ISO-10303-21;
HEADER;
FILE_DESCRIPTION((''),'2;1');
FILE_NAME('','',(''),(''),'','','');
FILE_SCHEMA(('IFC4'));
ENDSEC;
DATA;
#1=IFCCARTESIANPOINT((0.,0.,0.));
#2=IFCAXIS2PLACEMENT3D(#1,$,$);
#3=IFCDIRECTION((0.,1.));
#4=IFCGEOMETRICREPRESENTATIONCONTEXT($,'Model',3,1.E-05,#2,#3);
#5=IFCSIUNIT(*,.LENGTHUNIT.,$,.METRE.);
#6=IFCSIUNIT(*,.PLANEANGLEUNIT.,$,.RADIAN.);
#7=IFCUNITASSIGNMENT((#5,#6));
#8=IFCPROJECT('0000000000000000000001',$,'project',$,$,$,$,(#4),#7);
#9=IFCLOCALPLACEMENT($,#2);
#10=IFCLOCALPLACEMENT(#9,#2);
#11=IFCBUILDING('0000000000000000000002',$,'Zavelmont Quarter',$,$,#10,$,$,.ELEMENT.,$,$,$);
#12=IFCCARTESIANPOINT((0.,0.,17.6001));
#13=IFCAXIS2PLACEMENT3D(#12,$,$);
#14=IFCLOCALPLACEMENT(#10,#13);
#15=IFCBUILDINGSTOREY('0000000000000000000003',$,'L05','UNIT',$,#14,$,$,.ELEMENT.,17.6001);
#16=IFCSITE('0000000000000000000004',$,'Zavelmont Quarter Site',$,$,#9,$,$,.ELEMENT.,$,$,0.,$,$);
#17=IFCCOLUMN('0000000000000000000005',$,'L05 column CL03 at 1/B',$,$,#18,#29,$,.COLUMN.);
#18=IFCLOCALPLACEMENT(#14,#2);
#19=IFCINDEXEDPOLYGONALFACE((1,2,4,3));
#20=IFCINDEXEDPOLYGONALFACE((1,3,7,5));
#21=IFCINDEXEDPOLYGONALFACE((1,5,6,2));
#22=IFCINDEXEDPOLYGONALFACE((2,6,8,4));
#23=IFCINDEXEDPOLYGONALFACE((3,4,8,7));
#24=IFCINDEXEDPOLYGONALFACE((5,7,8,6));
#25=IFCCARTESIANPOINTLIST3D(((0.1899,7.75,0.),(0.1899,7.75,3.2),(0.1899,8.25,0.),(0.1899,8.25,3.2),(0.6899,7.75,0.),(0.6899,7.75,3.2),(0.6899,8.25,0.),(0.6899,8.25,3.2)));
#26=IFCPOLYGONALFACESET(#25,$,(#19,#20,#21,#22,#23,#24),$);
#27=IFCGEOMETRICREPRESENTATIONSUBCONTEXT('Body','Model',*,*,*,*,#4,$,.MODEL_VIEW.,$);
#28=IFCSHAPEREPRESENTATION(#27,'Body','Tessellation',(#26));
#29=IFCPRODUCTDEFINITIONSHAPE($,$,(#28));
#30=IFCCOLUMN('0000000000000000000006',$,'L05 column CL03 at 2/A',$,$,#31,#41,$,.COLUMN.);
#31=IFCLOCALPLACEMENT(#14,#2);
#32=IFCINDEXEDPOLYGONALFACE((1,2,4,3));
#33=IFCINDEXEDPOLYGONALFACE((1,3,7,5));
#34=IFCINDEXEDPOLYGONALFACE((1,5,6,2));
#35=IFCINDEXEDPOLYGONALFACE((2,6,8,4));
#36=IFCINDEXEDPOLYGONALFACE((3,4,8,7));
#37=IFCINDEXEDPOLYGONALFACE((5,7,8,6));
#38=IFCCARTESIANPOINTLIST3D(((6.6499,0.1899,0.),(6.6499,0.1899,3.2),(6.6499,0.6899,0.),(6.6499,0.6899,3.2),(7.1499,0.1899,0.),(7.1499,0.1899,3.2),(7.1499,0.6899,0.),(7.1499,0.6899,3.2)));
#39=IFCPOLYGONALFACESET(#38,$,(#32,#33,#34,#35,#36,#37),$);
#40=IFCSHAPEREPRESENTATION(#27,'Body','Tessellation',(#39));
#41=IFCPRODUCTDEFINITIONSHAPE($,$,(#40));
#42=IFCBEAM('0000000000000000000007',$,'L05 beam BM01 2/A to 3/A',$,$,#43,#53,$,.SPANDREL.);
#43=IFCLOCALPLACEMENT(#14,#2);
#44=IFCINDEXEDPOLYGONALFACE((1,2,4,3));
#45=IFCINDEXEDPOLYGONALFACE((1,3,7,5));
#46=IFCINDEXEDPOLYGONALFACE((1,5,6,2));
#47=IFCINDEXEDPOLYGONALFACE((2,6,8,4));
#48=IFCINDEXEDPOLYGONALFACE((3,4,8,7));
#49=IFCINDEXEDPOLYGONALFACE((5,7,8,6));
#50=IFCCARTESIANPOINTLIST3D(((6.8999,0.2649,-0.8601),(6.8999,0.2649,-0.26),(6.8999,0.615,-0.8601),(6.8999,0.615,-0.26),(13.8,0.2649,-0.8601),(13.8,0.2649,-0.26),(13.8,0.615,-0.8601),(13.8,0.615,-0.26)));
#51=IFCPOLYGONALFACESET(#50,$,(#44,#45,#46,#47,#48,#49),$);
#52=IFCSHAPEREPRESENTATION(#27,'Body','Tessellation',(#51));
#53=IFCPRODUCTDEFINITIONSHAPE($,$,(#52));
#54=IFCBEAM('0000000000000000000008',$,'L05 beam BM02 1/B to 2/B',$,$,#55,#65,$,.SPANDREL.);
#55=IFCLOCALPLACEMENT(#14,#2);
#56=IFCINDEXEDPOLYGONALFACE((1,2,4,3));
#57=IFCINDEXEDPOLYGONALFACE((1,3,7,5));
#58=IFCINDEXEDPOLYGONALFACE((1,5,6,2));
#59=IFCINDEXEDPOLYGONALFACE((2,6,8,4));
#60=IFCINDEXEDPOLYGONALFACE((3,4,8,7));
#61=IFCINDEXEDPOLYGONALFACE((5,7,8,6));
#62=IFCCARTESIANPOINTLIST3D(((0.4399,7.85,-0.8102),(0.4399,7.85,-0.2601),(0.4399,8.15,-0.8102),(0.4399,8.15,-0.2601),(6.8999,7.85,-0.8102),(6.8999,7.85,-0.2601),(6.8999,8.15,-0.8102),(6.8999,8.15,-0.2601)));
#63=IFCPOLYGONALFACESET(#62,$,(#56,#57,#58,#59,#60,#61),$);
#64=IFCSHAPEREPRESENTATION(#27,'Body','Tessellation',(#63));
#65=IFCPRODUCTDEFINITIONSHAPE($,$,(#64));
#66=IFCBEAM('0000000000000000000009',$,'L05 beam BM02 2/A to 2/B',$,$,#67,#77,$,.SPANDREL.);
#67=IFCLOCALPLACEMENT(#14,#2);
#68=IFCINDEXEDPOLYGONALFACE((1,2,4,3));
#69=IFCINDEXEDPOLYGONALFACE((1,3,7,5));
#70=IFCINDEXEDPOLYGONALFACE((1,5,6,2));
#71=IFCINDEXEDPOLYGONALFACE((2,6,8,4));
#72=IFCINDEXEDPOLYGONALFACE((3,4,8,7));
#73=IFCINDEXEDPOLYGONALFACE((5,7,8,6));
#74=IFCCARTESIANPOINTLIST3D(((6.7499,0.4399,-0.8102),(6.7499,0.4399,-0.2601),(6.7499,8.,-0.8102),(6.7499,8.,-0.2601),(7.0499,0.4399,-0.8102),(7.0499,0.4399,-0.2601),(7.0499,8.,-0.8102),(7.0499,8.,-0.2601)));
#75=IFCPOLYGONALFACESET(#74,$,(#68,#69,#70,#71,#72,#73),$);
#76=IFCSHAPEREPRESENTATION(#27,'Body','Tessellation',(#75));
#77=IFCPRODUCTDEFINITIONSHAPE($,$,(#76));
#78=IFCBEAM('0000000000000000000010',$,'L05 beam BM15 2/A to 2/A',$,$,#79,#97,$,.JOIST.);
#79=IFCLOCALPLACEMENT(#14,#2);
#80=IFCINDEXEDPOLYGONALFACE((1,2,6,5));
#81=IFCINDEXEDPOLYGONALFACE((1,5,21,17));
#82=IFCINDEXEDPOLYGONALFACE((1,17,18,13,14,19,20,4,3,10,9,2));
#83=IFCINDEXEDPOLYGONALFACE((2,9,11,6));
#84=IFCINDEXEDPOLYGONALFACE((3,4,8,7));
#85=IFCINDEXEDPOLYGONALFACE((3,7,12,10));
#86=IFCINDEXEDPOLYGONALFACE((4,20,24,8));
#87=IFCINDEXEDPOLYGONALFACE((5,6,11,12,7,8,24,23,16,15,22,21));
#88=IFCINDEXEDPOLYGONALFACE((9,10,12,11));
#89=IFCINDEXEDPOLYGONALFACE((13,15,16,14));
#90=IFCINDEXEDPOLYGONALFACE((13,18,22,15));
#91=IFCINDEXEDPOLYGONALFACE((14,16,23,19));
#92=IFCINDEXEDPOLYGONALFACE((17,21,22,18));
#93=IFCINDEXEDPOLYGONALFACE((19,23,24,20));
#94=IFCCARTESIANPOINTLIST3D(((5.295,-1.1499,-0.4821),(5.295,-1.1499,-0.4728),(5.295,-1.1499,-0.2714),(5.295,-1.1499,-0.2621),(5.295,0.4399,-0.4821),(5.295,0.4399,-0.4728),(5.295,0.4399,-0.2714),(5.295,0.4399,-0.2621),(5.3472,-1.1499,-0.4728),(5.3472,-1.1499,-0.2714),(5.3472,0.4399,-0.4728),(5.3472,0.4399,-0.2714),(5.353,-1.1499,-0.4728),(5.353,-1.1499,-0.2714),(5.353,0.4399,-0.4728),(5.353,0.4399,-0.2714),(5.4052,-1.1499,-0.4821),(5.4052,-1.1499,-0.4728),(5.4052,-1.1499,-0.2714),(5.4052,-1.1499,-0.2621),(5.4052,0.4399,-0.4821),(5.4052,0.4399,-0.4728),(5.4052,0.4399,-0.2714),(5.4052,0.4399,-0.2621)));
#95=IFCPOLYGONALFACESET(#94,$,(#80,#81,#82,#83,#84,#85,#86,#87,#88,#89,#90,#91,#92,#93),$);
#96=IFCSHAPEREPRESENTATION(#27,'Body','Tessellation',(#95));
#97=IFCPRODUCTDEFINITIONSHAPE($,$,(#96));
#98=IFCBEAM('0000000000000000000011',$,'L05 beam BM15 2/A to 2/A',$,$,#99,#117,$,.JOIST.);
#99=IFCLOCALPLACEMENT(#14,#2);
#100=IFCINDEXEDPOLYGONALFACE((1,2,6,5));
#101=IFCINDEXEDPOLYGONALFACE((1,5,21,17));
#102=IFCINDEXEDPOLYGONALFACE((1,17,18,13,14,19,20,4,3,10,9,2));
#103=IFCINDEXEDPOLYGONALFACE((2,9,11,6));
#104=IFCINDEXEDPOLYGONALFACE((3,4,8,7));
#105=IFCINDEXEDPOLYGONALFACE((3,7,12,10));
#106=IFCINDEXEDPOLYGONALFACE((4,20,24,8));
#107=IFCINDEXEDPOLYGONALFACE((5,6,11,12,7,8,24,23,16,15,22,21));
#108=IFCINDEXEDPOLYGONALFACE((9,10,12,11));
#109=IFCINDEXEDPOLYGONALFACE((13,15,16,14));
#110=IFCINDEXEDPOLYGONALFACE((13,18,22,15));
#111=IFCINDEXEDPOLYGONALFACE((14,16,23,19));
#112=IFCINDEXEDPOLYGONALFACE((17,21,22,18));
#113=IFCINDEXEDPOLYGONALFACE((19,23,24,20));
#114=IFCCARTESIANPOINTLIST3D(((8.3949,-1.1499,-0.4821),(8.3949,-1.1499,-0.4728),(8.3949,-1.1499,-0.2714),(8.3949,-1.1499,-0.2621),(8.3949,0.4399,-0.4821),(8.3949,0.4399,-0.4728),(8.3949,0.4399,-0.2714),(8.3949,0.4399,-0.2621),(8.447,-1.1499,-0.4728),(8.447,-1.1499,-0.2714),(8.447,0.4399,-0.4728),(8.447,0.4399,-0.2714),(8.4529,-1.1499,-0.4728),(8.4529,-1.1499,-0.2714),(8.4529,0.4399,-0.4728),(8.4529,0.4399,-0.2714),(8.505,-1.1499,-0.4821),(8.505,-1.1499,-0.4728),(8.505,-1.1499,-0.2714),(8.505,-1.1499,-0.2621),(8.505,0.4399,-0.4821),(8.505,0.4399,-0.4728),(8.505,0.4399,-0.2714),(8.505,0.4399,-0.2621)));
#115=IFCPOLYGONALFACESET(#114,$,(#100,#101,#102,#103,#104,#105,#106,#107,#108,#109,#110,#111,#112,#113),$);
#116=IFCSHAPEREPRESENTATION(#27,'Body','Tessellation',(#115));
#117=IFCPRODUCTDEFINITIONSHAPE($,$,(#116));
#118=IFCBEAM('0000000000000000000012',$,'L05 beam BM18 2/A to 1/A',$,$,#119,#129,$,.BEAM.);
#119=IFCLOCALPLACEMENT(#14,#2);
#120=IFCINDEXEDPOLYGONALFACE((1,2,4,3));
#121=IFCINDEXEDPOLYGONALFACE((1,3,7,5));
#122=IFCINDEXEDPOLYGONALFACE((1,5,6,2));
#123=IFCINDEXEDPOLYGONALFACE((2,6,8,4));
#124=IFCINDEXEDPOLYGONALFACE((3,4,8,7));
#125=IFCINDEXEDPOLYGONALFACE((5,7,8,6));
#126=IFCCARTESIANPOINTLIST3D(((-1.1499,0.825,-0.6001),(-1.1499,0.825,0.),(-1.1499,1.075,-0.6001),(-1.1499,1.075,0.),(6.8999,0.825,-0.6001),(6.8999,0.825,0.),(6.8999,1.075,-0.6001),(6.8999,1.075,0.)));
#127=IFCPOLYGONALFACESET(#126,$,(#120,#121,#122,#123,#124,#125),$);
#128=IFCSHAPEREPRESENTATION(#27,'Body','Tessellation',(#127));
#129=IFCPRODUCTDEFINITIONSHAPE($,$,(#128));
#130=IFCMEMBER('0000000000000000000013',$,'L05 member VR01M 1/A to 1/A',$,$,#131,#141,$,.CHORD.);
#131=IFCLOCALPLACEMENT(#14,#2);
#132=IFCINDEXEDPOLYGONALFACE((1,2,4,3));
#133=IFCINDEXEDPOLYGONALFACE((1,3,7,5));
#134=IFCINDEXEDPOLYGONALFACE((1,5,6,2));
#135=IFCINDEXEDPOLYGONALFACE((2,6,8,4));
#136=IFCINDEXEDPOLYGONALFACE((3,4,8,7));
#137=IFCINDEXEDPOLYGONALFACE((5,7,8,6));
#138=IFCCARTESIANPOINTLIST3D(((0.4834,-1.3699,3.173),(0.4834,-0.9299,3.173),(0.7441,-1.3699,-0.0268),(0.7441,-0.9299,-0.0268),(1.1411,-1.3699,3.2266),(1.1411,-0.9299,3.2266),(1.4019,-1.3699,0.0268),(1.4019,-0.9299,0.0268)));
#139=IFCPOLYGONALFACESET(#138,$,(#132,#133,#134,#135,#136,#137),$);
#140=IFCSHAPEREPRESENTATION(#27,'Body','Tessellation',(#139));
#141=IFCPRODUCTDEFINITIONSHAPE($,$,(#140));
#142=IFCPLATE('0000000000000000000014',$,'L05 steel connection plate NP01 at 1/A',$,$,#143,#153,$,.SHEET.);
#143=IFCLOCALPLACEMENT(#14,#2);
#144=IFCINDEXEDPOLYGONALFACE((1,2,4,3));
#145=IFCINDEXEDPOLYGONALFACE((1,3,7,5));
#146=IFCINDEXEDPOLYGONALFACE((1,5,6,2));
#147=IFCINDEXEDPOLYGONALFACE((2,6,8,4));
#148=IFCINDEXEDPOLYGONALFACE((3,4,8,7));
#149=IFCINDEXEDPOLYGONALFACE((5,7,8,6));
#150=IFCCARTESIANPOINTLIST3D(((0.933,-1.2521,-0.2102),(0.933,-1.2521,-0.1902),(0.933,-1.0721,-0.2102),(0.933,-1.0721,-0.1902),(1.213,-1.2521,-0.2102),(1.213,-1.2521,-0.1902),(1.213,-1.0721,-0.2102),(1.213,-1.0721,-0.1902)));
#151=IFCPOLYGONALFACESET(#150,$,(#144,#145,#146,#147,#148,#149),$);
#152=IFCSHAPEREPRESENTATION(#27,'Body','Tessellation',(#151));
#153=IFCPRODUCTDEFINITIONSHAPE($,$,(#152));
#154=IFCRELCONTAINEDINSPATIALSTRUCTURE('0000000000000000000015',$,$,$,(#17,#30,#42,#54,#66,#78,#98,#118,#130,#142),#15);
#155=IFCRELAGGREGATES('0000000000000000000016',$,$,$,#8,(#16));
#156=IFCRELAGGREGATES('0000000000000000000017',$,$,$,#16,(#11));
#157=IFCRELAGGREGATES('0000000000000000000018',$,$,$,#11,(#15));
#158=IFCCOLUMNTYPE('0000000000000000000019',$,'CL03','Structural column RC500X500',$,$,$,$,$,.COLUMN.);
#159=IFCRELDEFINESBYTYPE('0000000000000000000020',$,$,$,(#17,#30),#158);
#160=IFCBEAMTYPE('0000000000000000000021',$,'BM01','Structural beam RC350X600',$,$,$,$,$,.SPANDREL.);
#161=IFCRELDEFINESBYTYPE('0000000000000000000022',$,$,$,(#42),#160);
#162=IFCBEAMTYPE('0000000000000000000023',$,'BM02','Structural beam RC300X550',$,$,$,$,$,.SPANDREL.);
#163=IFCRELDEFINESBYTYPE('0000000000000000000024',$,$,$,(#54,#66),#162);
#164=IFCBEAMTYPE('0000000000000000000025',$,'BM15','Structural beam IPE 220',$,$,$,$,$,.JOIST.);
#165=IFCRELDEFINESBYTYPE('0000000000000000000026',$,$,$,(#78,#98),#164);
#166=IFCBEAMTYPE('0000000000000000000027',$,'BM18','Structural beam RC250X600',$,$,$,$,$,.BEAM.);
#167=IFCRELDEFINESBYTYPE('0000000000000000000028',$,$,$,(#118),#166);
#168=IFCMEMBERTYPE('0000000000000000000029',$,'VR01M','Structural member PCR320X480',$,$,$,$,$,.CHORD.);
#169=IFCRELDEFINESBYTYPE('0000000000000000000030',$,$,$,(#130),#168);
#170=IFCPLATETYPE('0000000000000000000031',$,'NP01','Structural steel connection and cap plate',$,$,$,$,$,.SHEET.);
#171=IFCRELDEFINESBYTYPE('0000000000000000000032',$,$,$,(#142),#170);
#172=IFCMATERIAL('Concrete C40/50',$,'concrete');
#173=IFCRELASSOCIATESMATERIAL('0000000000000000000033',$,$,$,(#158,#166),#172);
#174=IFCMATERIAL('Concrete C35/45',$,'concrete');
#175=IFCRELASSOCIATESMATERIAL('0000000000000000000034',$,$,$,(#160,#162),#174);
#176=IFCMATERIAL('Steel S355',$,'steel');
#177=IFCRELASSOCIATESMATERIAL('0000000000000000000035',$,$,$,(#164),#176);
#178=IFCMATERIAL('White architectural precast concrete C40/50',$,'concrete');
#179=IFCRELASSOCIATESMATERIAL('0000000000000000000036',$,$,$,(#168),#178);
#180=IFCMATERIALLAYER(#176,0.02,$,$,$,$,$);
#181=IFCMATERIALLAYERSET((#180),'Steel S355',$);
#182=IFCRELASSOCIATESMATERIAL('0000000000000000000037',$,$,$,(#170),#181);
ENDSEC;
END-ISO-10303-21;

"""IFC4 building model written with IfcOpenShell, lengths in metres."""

from ifc_helpers import new_model, si_unit, direction, frame, origin, origin_2d, place, context, subcontext, project, spatial, rectangle, i_section, extrude, material, layer, layer_set, material_profile, profile_set, type_object, element, save


model = new_model("IFC4")

# Units and contexts
model_context = context("Model", 3, precision=1e-05, world=origin(), true_north=direction((0.0, 1.0)))
body_context = subcontext(model_context, "Body", "Model", "MODEL_VIEW")
ifc_project = project(units=[si_unit("LENGTHUNIT", "METRE"), si_unit("PLANEANGLEUNIT", "RADIAN")], contexts=[model_context])

# Site, building, storey
site_placement = place(None, origin())
site = spatial("IfcSite", under=ifc_project, at=site_placement, Name="Zavelmont Quarter Site", CompositionType="ELEMENT", RefElevation=0.0)
building_placement = place(site_placement, origin())
building = spatial("IfcBuilding", under=site, at=building_placement, Name="Zavelmont Quarter", CompositionType="ELEMENT")
storey_placement = place(building_placement, frame((0.0, 0.0, 17.6001)))
storey = spatial("IfcBuildingStorey", under=building, at=storey_placement, Name="L05", Description="UNIT", CompositionType="ELEMENT", Elevation=17.6001)

# Columns
ifc_material_1 = material(Name="Concrete C40/50", Category="concrete")
ifc_material_profile_1 = material_profile(ifc_material_1, rectangle(XDim=0.5, YDim=0.5, at=origin_2d()), Name="RC500X500")
ifc_profile_set_1 = profile_set([ifc_material_profile_1], Name="Concrete C40/50")
column_type = type_object("IfcColumnType", Name="CL03", Description="Structural column RC500X500", PredefinedType="COLUMN", material=ifc_profile_set_1)
for number, where, z_axis, x_axis, name in (
    (1, (0.4399, 8.0, 0.0), (0.0, 0.0, 1.0), (1.0, 0.0, 0.0), "L05 column CL03 at 1/B"),
    (2, (6.8999, 0.4399, 0.0), (0.0, 0.0, 1.0), (1.0, 0.0, 0.0), "L05 column CL03 at 2/A"),
):
    element("IfcColumn", number, at=place(storey_placement, frame(where, z_axis=z_axis, x_axis=x_axis)), inside=storey, type_object=column_type, Name=name, PredefinedType="COLUMN", context=body_context, shape_type="SweptSolid", body=[
        extrude(rectangle(XDim=0.5, YDim=0.5, at=origin_2d()), origin(), (0.0, 0.0, 1.0), 3.2),
    ])

# Beams
ifc_material_2 = material(Name="Concrete C35/45", Category="concrete")
ifc_material_profile_2 = material_profile(ifc_material_2, rectangle(XDim=0.3501, YDim=0.6001, at=origin_2d()), Name="RC350X600")
ifc_profile_set_2 = profile_set([ifc_material_profile_2], Name="Concrete C35/45")
beam_type_1 = type_object("IfcBeamType", Name="BM01", Description="Structural beam RC350X600", PredefinedType="SPANDREL", material=ifc_profile_set_2)
beam_1_placement = place(storey_placement, frame((6.8999, 0.4399, -0.5601), z_axis=(1.0, 0.0, 0.0), x_axis=(0.0, 1.0, 0.0)))
element("IfcBeam", 3, at=beam_1_placement, inside=storey, type_object=beam_type_1, Name="L05 beam BM01 2/A to 3/A", PredefinedType="SPANDREL", context=body_context, shape_type="SweptSolid", body=[
    extrude(rectangle(XDim=0.3501, YDim=0.6001, at=origin_2d()), origin(), (0.0, 0.0, 1.0), 6.9001),
])
ifc_material_profile_3 = material_profile(ifc_material_2, rectangle(XDim=0.3, YDim=0.55, at=origin_2d()), Name="RC300X550")
ifc_profile_set_3 = profile_set([ifc_material_profile_3], Name="Concrete C35/45")
beam_type_2 = type_object("IfcBeamType", Name="BM02", Description="Structural beam RC300X550", PredefinedType="SPANDREL", material=ifc_profile_set_3)
beam_2_placement = place(storey_placement, frame((0.4399, 8.0, -0.5352), z_axis=(1.0, 0.0, 0.0), x_axis=(0.0, 1.0, 0.0)))
element("IfcBeam", 4, at=beam_2_placement, inside=storey, type_object=beam_type_2, Name="L05 beam BM02 1/B to 2/B", PredefinedType="SPANDREL", context=body_context, shape_type="SweptSolid", body=[
    extrude(rectangle(XDim=0.3, YDim=0.55, at=origin_2d()), origin(), (0.0, 0.0, 1.0), 6.46),
])
beam_3_placement = place(storey_placement, frame((6.8999, 0.4399, -0.5352), z_axis=(0.0, 1.0, 0.0), x_axis=(-1.0, 0.0, 0.0)))
element("IfcBeam", 5, at=beam_3_placement, inside=storey, type_object=beam_type_2, Name="L05 beam BM02 2/A to 2/B", PredefinedType="SPANDREL", context=body_context, shape_type="SweptSolid", body=[
    extrude(rectangle(XDim=0.3, YDim=0.55, at=origin_2d()), origin(), (0.0, 0.0, 1.0), 7.5601),
])
ifc_material_3 = material(Name="Steel S355", Category="steel")
ifc_material_profile_4 = material_profile(ifc_material_3, i_section(OverallWidth=0.1101, OverallDepth=0.22, WebThickness=0.0059, FlangeThickness=0.0093, at=origin_2d()), Name="IPE 220")
ifc_profile_set_4 = profile_set([ifc_material_profile_4], Name="Steel S355")
beam_type_3 = type_object("IfcBeamType", Name="BM15", Description="Structural beam IPE 220", PredefinedType="JOIST", material=ifc_profile_set_4)
for number, where, z_axis, x_axis, name in (
    (6, (5.3501, 0.4399, -0.3721), (0.0, -1.0, 0.0), (1.0, 0.0, 0.0), "L05 beam BM15 2/A to 2/A"),
    (7, (8.45, 0.4399, -0.3721), (0.0, -1.0, 0.0), (1.0, 0.0, 0.0), "L05 beam BM15 2/A to 2/A"),
):
    element("IfcBeam", number, at=place(storey_placement, frame(where, z_axis=z_axis, x_axis=x_axis)), inside=storey, type_object=beam_type_3, Name=name, PredefinedType="JOIST", context=body_context, shape_type="SweptSolid", body=[
        extrude(i_section(OverallWidth=0.1101, OverallDepth=0.22, WebThickness=0.0059, FlangeThickness=0.0093, at=origin_2d()), origin(), (0.0, 0.0, 1.0), 1.5898),
    ])
ifc_material_profile_5 = material_profile(ifc_material_1, rectangle(XDim=0.25, YDim=0.6001, at=origin_2d()), Name="RC250X600")
ifc_profile_set_5 = profile_set([ifc_material_profile_5], Name="Concrete C40/50")
beam_type_4 = type_object("IfcBeamType", Name="BM18", Description="Structural beam RC250X600", PredefinedType="BEAM", material=ifc_profile_set_5)
beam_4_placement = place(storey_placement, frame((6.8999, 0.95, -0.3), z_axis=(-1.0, 0.0, 0.0), x_axis=(0.0, -1.0, 0.0)))
element("IfcBeam", 8, at=beam_4_placement, inside=storey, type_object=beam_type_4, Name="L05 beam BM18 2/A to 1/A", PredefinedType="BEAM", context=body_context, shape_type="SweptSolid", body=[
    extrude(rectangle(XDim=0.25, YDim=0.6001, at=origin_2d()), origin(), (0.0, 0.0, 1.0), 8.0498),
])

# Member
ifc_material_4 = material(Name="White architectural precast concrete C40/50", Category="concrete")
ifc_material_profile_6 = material_profile(ifc_material_4, rectangle(XDim=0.4399, YDim=0.6599, at=origin_2d()), Name="PCR320X480")
ifc_profile_set_6 = profile_set([ifc_material_profile_6], Name="White architectural precast concrete C40/50")
member_type = type_object("IfcMemberType", Name="VR01M", Description="Structural member PCR320X480", PredefinedType="CHORD", material=ifc_profile_set_6)
member_placement = place(storey_placement, frame((1.073, -1.1499, 0.0), z_axis=(-0.081214, 0.0, 0.996697), x_axis=(0.0, -1.0, 0.0)))
element("IfcMember", 9, at=member_placement, inside=storey, type_object=member_type, Name="L05 member VR01M 1/A to 1/A", PredefinedType="CHORD", context=body_context, shape_type="SweptSolid", body=[
    extrude(rectangle(XDim=0.4399, YDim=0.6599, at=origin_2d()), origin(), (0.0, 0.0, 1.0), 3.2104),
])

# Plate
ifc_layer_1 = layer(ifc_material_3, 0.02)
ifc_layer_set_1 = layer_set([ifc_layer_1], Name="Steel S355")
plate_type = type_object("IfcPlateType", Name="NP01", Description="Structural steel connection and cap plate", PredefinedType="SHEET", material=ifc_layer_set_1)
plate_placement = place(storey_placement, frame((1.073, -1.1621, -0.2102), z_axis=(0.0, 0.0, 1.0), x_axis=(1.0, 0.0, 0.0)))
element("IfcPlate", 10, at=plate_placement, inside=storey, type_object=plate_type, Name="L05 steel connection plate NP01 at 1/A", PredefinedType="SHEET", context=body_context, shape_type="SweptSolid", body=[
    extrude(rectangle(XDim=0.28, YDim=0.1799, at=origin_2d()), origin(), (0.0, 0.0, 1.0), 0.02),
])

save(model, "model.ifc")
